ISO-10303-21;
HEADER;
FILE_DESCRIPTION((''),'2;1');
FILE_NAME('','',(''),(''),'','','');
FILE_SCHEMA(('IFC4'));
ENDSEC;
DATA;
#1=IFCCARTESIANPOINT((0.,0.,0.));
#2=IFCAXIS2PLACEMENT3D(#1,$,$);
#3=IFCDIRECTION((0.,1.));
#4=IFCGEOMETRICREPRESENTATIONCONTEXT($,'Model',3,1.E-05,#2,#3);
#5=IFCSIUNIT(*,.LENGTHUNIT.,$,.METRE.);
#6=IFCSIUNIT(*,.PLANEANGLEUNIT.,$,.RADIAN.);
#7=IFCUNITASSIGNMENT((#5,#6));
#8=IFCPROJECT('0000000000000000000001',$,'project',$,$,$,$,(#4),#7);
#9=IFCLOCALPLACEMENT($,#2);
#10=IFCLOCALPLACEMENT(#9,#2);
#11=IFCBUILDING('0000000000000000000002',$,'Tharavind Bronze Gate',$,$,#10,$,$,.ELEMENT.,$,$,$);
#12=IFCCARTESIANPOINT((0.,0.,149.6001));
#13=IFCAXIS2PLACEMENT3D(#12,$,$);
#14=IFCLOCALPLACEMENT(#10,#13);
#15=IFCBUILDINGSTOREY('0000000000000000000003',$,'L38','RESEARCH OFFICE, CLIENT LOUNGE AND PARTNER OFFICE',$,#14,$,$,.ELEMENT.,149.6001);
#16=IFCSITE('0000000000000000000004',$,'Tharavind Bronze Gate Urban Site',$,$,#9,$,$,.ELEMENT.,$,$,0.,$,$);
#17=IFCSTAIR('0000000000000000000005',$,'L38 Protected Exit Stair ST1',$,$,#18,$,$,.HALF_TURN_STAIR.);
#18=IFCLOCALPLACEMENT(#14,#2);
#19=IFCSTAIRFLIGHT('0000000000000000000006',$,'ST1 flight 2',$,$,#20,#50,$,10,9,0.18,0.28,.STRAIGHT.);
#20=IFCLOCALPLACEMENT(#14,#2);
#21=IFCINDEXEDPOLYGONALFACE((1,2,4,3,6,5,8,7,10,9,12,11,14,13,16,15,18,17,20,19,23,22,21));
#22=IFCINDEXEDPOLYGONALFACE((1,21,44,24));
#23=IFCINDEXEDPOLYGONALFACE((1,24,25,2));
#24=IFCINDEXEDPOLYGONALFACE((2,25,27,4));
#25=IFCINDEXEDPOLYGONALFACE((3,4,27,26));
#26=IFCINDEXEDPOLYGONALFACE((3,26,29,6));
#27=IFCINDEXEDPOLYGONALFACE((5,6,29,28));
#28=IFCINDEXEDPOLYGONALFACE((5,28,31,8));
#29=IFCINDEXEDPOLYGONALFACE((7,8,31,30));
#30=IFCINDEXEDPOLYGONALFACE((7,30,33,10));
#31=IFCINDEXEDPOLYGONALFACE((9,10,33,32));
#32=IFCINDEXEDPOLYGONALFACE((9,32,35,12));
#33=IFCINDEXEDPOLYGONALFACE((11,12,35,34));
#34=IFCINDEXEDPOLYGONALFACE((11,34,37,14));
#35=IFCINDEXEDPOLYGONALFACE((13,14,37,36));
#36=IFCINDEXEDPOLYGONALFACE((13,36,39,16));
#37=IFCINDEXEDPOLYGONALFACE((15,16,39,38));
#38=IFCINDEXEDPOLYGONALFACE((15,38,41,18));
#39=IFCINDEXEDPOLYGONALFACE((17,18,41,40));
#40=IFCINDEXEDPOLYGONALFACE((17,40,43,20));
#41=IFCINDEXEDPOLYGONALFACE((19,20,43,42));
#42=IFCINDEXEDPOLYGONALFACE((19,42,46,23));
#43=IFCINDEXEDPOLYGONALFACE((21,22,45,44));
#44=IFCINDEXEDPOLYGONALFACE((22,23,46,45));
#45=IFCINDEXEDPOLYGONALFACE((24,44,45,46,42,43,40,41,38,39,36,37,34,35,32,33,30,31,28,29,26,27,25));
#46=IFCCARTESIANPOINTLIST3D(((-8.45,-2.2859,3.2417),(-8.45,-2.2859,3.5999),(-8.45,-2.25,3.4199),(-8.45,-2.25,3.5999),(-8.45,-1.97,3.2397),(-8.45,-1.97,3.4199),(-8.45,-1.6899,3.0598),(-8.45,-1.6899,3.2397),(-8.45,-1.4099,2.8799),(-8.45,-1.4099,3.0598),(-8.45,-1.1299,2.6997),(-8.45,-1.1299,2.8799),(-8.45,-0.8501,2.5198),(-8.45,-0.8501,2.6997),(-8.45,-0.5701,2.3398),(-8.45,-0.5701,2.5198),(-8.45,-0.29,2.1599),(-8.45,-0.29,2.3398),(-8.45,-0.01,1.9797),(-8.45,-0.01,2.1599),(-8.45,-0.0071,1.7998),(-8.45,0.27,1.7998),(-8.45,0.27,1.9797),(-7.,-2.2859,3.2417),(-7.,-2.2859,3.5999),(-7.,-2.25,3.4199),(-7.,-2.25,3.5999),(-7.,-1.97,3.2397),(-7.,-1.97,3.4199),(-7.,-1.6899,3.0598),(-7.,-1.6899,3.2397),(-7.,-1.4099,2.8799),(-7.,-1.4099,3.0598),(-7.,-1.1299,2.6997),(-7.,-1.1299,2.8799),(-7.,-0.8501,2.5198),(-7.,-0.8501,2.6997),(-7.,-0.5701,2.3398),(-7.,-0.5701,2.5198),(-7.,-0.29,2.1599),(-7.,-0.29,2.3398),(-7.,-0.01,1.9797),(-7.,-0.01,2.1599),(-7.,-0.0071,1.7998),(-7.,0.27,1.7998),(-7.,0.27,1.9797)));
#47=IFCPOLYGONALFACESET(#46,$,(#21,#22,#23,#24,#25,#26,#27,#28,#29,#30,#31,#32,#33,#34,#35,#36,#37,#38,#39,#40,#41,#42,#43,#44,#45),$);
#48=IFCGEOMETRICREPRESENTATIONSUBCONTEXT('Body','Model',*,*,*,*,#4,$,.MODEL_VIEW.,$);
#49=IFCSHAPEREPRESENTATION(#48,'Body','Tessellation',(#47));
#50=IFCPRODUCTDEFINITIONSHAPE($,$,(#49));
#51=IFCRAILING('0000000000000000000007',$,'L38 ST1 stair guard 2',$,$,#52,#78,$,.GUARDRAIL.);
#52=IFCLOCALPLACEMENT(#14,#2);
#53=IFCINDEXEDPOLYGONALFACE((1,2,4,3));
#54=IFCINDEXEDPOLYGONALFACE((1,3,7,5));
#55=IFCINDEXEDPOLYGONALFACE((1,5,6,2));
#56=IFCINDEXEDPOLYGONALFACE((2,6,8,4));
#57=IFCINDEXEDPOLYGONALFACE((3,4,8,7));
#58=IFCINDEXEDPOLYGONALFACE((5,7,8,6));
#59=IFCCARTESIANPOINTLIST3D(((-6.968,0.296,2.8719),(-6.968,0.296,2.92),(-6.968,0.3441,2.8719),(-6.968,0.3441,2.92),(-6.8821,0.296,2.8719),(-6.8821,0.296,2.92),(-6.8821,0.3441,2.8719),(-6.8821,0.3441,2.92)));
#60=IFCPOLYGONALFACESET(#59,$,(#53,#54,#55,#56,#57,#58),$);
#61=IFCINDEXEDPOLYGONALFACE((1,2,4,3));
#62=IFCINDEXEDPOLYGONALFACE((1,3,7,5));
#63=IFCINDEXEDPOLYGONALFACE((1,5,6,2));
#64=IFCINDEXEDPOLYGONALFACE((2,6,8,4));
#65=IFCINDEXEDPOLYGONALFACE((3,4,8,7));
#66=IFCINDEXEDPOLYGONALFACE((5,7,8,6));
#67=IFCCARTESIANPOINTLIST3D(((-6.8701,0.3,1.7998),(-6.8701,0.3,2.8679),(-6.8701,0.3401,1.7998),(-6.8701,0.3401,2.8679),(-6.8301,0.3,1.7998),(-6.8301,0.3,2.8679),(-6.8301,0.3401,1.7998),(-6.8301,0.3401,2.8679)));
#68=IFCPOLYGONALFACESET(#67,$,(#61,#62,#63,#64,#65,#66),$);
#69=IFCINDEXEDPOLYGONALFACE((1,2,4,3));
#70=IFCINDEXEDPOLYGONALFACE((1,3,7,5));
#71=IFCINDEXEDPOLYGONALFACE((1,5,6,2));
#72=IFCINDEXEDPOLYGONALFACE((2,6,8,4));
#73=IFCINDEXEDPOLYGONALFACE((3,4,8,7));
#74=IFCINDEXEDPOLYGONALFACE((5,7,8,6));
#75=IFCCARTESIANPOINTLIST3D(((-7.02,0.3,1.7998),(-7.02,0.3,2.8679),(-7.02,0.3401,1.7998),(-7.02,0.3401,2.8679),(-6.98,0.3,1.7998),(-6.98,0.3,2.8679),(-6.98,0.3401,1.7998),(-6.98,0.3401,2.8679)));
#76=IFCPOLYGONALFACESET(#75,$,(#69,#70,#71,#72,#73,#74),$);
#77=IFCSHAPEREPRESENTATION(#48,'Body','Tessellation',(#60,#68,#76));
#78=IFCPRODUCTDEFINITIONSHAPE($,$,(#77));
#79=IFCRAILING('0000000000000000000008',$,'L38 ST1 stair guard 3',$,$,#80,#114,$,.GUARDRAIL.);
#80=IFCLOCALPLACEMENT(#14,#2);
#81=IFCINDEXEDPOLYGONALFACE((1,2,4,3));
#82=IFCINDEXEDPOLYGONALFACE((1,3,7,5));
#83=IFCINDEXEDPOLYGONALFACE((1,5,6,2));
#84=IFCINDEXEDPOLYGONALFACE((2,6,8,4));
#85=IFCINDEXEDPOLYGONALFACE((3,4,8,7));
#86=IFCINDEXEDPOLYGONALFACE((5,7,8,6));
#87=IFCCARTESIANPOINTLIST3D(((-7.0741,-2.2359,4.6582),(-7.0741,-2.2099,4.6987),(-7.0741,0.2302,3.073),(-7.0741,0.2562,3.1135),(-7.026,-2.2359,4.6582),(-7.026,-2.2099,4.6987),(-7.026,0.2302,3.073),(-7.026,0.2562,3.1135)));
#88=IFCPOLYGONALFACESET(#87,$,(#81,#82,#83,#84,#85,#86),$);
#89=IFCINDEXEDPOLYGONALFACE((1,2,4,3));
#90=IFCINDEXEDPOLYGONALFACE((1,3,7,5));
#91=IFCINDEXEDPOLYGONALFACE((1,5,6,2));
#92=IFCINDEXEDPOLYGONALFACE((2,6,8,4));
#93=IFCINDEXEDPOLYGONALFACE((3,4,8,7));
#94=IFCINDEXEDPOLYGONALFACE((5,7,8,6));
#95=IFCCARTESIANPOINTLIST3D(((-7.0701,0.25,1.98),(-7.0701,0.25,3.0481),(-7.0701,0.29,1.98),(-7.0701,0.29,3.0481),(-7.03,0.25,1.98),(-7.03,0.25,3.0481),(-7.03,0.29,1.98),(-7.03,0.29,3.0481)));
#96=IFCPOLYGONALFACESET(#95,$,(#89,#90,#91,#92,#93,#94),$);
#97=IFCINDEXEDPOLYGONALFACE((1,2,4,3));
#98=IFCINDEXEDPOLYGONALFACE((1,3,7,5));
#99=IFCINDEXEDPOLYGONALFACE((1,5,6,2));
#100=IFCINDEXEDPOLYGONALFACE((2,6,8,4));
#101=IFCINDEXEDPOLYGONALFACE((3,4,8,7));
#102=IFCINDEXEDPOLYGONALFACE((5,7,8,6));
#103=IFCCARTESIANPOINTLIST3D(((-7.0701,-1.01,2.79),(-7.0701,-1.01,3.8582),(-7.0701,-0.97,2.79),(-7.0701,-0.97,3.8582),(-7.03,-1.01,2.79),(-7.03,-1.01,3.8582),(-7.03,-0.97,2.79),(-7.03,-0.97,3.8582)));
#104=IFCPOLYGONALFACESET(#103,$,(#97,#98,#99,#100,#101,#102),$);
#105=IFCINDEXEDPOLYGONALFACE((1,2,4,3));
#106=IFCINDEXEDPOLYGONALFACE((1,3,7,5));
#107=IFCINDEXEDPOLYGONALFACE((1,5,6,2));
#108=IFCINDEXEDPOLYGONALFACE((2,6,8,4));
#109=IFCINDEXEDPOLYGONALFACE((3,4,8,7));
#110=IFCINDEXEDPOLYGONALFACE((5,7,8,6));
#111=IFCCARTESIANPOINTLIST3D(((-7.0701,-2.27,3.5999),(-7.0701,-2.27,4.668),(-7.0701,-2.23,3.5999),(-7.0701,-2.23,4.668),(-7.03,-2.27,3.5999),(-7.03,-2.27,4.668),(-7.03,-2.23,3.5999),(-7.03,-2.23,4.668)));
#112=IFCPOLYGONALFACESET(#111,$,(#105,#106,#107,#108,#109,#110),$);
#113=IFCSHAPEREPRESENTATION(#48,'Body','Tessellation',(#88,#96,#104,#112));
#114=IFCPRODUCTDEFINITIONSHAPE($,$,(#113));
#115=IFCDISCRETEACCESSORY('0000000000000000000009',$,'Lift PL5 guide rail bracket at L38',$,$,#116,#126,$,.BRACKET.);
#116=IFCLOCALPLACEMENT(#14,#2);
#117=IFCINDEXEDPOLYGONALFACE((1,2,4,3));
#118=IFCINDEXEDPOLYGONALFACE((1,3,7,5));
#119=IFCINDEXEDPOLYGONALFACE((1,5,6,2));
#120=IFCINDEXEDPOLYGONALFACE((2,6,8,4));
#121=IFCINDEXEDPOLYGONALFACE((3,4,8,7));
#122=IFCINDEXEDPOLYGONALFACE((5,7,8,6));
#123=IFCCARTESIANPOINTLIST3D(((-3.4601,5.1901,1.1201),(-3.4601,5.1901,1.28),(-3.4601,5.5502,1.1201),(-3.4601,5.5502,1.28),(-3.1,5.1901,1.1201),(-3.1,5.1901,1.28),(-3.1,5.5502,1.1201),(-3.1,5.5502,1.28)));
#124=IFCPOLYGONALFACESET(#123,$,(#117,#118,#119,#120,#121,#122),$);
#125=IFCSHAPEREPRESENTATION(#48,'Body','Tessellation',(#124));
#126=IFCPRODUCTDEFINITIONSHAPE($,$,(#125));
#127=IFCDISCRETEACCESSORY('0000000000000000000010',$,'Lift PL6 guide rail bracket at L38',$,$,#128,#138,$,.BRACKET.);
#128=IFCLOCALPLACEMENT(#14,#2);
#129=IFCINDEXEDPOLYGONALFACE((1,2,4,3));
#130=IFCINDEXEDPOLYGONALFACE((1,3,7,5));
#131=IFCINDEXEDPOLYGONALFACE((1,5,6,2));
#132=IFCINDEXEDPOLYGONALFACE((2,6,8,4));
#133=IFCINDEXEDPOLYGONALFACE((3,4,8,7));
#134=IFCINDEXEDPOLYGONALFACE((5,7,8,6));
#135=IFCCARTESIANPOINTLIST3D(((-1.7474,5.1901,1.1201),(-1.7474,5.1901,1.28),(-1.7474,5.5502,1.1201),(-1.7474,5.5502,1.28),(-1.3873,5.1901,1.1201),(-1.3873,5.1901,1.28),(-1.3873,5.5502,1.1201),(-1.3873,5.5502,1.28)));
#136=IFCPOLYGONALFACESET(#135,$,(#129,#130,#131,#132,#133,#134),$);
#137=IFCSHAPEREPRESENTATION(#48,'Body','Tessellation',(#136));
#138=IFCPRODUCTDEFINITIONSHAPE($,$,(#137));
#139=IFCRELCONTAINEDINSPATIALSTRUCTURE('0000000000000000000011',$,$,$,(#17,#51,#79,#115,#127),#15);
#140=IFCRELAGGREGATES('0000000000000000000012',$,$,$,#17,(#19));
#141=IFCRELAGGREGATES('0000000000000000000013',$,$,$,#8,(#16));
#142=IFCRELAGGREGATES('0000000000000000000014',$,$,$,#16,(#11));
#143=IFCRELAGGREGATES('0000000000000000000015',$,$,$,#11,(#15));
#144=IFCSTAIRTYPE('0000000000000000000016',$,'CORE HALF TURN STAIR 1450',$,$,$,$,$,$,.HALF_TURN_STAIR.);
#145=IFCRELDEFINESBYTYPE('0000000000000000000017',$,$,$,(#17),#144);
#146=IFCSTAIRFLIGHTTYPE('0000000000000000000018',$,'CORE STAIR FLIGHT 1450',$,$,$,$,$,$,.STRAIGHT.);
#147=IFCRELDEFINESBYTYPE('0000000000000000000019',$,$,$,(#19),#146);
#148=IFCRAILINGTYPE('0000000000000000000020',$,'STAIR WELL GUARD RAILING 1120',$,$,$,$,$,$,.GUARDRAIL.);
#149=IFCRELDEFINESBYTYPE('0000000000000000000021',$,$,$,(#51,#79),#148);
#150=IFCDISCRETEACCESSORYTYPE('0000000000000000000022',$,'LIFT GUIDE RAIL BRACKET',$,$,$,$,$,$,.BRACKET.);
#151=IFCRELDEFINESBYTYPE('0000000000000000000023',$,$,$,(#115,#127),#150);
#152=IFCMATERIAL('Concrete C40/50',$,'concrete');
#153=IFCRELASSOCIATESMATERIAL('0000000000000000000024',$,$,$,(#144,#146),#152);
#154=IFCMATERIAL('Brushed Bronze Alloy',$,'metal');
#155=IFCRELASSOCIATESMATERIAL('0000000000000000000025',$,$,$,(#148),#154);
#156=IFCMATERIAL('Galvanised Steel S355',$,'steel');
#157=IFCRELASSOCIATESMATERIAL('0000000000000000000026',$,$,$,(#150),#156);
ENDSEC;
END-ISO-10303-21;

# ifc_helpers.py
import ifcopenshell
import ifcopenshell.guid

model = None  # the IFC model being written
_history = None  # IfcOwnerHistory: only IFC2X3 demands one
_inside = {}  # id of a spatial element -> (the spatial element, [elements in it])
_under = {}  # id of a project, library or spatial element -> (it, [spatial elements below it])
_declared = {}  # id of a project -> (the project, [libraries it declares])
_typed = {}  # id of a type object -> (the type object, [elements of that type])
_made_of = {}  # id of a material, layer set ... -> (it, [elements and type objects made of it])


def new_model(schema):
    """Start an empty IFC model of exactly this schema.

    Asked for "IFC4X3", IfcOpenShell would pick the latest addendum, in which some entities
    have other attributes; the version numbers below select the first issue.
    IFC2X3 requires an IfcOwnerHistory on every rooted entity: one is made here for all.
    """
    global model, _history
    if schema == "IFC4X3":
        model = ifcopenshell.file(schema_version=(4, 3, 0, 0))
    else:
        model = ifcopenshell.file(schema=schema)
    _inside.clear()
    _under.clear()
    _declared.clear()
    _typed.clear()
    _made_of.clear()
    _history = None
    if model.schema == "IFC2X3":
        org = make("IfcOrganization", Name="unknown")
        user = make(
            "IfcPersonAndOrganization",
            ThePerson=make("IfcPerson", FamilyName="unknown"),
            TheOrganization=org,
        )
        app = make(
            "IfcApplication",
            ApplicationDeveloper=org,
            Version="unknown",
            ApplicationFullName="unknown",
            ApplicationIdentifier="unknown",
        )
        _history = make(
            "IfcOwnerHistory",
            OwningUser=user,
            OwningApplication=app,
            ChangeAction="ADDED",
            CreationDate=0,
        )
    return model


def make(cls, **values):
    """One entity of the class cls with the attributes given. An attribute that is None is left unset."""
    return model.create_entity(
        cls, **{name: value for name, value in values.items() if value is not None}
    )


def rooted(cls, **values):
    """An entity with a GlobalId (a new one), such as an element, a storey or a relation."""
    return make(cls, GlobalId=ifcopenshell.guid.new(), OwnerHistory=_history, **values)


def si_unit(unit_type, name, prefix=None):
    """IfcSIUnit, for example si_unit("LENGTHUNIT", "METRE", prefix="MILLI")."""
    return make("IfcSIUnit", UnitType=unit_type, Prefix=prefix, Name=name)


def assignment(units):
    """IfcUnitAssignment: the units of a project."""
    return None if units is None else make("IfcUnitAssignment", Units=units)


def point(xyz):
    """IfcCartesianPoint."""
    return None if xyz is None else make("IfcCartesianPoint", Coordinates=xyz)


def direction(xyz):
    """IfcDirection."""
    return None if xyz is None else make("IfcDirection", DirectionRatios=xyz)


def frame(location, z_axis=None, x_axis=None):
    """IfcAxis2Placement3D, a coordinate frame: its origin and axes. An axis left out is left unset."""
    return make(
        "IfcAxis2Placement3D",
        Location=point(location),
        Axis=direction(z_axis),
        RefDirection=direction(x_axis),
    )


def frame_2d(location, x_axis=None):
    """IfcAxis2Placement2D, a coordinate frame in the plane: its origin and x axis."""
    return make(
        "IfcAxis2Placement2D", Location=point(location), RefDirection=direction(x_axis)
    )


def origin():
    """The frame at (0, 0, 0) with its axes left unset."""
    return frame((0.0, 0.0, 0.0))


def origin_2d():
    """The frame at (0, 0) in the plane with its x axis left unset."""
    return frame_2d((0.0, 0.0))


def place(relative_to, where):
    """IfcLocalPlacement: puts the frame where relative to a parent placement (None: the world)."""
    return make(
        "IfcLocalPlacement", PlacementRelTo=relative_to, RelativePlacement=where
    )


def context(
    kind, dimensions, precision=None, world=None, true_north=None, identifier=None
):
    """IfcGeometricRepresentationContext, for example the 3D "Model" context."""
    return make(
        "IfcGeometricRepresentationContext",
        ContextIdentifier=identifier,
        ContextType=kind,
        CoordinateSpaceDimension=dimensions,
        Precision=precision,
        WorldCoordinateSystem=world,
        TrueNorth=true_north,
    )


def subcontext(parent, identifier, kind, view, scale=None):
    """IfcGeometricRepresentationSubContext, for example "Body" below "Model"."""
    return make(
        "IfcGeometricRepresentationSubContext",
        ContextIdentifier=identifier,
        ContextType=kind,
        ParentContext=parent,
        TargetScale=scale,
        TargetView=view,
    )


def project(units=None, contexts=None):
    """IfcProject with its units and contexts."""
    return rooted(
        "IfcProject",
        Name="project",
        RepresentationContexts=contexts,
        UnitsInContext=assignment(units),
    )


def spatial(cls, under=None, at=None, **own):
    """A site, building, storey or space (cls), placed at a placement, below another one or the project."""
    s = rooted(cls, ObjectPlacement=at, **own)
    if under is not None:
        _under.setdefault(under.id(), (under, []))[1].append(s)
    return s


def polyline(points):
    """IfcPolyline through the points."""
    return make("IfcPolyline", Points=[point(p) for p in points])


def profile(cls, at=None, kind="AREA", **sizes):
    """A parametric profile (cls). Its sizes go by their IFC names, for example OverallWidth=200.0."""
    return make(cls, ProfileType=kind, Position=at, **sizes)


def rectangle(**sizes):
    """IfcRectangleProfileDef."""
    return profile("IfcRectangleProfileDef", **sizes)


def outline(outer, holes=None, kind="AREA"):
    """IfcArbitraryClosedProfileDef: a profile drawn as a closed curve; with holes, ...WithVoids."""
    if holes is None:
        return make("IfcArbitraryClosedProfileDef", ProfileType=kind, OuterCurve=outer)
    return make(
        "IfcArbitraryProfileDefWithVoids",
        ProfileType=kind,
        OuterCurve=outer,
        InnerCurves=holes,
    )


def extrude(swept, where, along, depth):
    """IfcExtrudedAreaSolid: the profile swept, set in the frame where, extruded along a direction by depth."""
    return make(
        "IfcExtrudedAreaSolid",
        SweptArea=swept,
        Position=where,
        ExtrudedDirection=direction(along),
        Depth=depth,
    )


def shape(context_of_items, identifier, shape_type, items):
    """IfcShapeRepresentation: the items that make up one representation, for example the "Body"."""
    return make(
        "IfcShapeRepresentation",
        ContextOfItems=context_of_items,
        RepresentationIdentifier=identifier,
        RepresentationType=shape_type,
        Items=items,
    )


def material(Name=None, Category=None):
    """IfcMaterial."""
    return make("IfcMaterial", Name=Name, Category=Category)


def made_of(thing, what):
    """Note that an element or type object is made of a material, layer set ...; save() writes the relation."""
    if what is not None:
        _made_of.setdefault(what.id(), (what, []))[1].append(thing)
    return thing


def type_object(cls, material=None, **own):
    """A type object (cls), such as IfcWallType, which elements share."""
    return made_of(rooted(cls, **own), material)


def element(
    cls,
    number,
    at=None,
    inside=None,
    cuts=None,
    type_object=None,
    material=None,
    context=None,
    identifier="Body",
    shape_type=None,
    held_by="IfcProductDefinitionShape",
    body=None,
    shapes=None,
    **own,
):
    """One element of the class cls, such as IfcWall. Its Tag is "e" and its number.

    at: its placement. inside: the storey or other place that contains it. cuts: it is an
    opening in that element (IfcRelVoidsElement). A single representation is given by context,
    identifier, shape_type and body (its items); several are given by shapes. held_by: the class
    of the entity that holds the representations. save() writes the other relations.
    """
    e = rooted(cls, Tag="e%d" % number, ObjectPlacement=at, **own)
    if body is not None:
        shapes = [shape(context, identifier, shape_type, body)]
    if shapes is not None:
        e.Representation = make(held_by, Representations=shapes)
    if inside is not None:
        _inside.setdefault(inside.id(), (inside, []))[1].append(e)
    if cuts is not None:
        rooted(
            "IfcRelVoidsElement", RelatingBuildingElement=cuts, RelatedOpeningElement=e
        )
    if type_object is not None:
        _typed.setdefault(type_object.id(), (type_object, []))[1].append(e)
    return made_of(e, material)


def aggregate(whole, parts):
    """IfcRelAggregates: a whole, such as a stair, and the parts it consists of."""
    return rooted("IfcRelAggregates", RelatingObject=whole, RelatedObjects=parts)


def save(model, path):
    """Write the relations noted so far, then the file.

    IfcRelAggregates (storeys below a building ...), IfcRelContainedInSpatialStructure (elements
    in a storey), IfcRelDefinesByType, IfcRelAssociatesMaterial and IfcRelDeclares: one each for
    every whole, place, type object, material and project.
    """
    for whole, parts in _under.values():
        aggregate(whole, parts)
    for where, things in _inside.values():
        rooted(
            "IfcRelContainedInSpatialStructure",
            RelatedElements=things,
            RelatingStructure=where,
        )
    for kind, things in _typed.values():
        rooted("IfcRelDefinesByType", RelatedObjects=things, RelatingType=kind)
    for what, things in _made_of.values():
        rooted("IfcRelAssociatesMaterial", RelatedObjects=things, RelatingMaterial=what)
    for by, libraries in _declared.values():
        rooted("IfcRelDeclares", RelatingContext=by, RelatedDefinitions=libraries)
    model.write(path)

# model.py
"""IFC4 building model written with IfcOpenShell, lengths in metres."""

from ifc_helpers import new_model, si_unit, direction, frame, origin, origin_2d, place, context, subcontext, project, spatial, polyline, rectangle, outline, extrude, material, type_object, element, aggregate, save


model = new_model("IFC4")

# Units and contexts
model_context = context("Model", 3, precision=1e-05, world=origin(), true_north=direction((0.0, 1.0)))
body_context = subcontext(model_context, "Body", "Model", "MODEL_VIEW")
ifc_project = project(units=[si_unit("LENGTHUNIT", "METRE"), si_unit("PLANEANGLEUNIT", "RADIAN")], contexts=[model_context])

# Site, building, storey
site_placement = place(None, origin())
site = spatial("IfcSite", under=ifc_project, at=site_placement, Name="Tharavind Bronze Gate Urban Site", CompositionType="ELEMENT", RefElevation=0.0)
building_placement = place(site_placement, origin())
building = spatial("IfcBuilding", under=site, at=building_placement, Name="Tharavind Bronze Gate", CompositionType="ELEMENT")
storey_placement = place(building_placement, frame((0.0, 0.0, 149.6001)))
storey = spatial("IfcBuildingStorey", under=building, at=storey_placement, Name="L38", Description="RESEARCH OFFICE, CLIENT LOUNGE AND PARTNER OFFICE", CompositionType="ELEMENT", Elevation=149.6001)

# Shared definitions
ifc_material_1 = material(Name="Concrete C40/50", Category="concrete")

# Stair, stair flight
stair_type = type_object("IfcStairType", Name="CORE HALF TURN STAIR 1450", PredefinedType="HALF_TURN_STAIR", material=ifc_material_1)
stair_placement = place(storey_placement, origin())
stair = element("IfcStair", 1, at=stair_placement, inside=storey, type_object=stair_type, Name="L38 Protected Exit Stair ST1", PredefinedType="HALF_TURN_STAIR")
stair_flight_type = type_object("IfcStairFlightType", Name="CORE STAIR FLIGHT 1450", PredefinedType="STRAIGHT", material=ifc_material_1)
stair_flight_placement = place(storey_placement, frame((-7.7251, 0.27, 1.7998), z_axis=(0.0, 0.0, 1.0), x_axis=(0.0, -1.0, 0.0)))
stair_flight = element("IfcStairFlight", 2, at=stair_flight_placement, type_object=stair_flight_type, Name="ST1 flight 2", NumberOfRisers=10, NumberOfTreads=9, PredefinedType="STRAIGHT", RiserHeight=0.18, TreadLength=0.28, context=body_context, shape_type="SweptSolid", body=[
    extrude(outline(polyline([(0.0, 0.0), (0.0, 0.1799), (0.28, 0.1799), (0.28, 0.3601), (0.5601, 0.3601), (0.5601, 0.54), (0.8401, 0.54), (0.8401, 0.72), (1.1201, 0.72), (1.1201, 0.8999), (1.3999, 0.8999), (1.3999, 1.0801), (1.6799, 1.0801), (1.6799, 1.26), (1.96, 1.26), (1.96, 1.4399), (2.24, 1.4399), (2.24, 1.6201), (2.52, 1.6201), (2.52, 1.8), (2.5559, 1.8), (2.5559, 1.4419), (0.2771, 0.0), (0.0, 0.0)])), frame((0.0, 0.7251, 0.0), z_axis=(0.0, -1.0, 0.0), x_axis=(1.0, 0.0, 0.0)), (0.0, 0.0, 1.0), 1.45),
])
aggregate(stair, [stair_flight])

# Railings
ifc_material_2 = material(Name="Brushed Bronze Alloy", Category="metal")
railing_type = type_object("IfcRailingType", Name="STAIR WELL GUARD RAILING 1120", PredefinedType="GUARDRAIL", material=ifc_material_2)
railing_1_placement = place(storey_placement, frame((-6.8501, 0.3201, 1.7998)))
element("IfcRailing", 3, at=railing_1_placement, inside=storey, type_object=railing_type, Name="L38 ST1 stair guard 2", PredefinedType="GUARDRAIL", context=body_context, shape_type="SweptSolid", body=[
    extrude(rectangle(XDim=0.0481, YDim=0.0481, at=origin_2d()), frame((-0.032, 0.0, 1.0962), z_axis=(-1.0, 0.0, 0.0), x_axis=(0.0, -1.0, 0.0)), (0.0, 0.0, 1.0), 0.0859),
    extrude(rectangle(XDim=0.04, YDim=0.04, at=origin_2d()), origin(), (0.0, 0.0, 1.0), 1.0681),
    extrude(rectangle(XDim=0.04, YDim=0.04, at=origin_2d()), frame((-0.1499, 0.0, 0.0)), (0.0, 0.0, 1.0), 1.0681),
])
railing_2_placement = place(storey_placement, frame((-7.05, 0.27, 1.98)))
element("IfcRailing", 4, at=railing_2_placement, inside=storey, type_object=railing_type, Name="L38 ST1 stair guard 3", PredefinedType="GUARDRAIL", context=body_context, shape_type="SweptSolid", body=[
    extrude(rectangle(XDim=0.0481, YDim=0.0481, at=origin_2d()), frame((0.0, -0.0269, 1.1133), z_axis=(0.0, -0.8412, 0.540725), x_axis=(1.0, 0.0, 0.0)), (0.0, 0.0, 1.0), 2.9316),
    extrude(rectangle(XDim=0.04, YDim=0.04, at=origin_2d()), origin(), (0.0, 0.0, 1.0), 1.0681),
    extrude(rectangle(XDim=0.04, YDim=0.04, at=origin_2d()), frame((0.0, -1.26, 0.8101)), (0.0, 0.0, 1.0), 1.0681),
    extrude(rectangle(XDim=0.04, YDim=0.04, at=origin_2d()), frame((0.0, -2.52, 1.6199)), (0.0, 0.0, 1.0), 1.0681),
])

# Discrete accessories
ifc_material_3 = material(Name="Galvanised Steel S355", Category="steel")
discrete_accessory_type = type_object("IfcDiscreteAccessoryType", Name="LIFT GUIDE RAIL BRACKET", PredefinedType="BRACKET", material=ifc_material_3)
for number, where, z_axis, x_axis, name in (
    (5, (-3.28, 5.3701, 1.1201), (0.0, 0.0, 1.0), (1.0, 0.0, 0.0), "Lift PL5 guide rail bracket at L38"),
    (6, (-1.5674, 5.3701, 1.1201), (0.0, 0.0, 1.0), (1.0, 0.0, 0.0), "Lift PL6 guide rail bracket at L38"),
):
    element("IfcDiscreteAccessory", number, at=place(storey_placement, frame(where, z_axis=z_axis, x_axis=x_axis)), inside=storey, type_object=discrete_accessory_type, Name=name, PredefinedType="BRACKET", context=body_context, shape_type="SweptSolid", body=[
        extrude(rectangle(XDim=0.3601, YDim=0.3601, at=origin_2d()), origin(), (0.0, 0.0, 1.0), 0.1599),
    ])

save(model, "model.ifc")
